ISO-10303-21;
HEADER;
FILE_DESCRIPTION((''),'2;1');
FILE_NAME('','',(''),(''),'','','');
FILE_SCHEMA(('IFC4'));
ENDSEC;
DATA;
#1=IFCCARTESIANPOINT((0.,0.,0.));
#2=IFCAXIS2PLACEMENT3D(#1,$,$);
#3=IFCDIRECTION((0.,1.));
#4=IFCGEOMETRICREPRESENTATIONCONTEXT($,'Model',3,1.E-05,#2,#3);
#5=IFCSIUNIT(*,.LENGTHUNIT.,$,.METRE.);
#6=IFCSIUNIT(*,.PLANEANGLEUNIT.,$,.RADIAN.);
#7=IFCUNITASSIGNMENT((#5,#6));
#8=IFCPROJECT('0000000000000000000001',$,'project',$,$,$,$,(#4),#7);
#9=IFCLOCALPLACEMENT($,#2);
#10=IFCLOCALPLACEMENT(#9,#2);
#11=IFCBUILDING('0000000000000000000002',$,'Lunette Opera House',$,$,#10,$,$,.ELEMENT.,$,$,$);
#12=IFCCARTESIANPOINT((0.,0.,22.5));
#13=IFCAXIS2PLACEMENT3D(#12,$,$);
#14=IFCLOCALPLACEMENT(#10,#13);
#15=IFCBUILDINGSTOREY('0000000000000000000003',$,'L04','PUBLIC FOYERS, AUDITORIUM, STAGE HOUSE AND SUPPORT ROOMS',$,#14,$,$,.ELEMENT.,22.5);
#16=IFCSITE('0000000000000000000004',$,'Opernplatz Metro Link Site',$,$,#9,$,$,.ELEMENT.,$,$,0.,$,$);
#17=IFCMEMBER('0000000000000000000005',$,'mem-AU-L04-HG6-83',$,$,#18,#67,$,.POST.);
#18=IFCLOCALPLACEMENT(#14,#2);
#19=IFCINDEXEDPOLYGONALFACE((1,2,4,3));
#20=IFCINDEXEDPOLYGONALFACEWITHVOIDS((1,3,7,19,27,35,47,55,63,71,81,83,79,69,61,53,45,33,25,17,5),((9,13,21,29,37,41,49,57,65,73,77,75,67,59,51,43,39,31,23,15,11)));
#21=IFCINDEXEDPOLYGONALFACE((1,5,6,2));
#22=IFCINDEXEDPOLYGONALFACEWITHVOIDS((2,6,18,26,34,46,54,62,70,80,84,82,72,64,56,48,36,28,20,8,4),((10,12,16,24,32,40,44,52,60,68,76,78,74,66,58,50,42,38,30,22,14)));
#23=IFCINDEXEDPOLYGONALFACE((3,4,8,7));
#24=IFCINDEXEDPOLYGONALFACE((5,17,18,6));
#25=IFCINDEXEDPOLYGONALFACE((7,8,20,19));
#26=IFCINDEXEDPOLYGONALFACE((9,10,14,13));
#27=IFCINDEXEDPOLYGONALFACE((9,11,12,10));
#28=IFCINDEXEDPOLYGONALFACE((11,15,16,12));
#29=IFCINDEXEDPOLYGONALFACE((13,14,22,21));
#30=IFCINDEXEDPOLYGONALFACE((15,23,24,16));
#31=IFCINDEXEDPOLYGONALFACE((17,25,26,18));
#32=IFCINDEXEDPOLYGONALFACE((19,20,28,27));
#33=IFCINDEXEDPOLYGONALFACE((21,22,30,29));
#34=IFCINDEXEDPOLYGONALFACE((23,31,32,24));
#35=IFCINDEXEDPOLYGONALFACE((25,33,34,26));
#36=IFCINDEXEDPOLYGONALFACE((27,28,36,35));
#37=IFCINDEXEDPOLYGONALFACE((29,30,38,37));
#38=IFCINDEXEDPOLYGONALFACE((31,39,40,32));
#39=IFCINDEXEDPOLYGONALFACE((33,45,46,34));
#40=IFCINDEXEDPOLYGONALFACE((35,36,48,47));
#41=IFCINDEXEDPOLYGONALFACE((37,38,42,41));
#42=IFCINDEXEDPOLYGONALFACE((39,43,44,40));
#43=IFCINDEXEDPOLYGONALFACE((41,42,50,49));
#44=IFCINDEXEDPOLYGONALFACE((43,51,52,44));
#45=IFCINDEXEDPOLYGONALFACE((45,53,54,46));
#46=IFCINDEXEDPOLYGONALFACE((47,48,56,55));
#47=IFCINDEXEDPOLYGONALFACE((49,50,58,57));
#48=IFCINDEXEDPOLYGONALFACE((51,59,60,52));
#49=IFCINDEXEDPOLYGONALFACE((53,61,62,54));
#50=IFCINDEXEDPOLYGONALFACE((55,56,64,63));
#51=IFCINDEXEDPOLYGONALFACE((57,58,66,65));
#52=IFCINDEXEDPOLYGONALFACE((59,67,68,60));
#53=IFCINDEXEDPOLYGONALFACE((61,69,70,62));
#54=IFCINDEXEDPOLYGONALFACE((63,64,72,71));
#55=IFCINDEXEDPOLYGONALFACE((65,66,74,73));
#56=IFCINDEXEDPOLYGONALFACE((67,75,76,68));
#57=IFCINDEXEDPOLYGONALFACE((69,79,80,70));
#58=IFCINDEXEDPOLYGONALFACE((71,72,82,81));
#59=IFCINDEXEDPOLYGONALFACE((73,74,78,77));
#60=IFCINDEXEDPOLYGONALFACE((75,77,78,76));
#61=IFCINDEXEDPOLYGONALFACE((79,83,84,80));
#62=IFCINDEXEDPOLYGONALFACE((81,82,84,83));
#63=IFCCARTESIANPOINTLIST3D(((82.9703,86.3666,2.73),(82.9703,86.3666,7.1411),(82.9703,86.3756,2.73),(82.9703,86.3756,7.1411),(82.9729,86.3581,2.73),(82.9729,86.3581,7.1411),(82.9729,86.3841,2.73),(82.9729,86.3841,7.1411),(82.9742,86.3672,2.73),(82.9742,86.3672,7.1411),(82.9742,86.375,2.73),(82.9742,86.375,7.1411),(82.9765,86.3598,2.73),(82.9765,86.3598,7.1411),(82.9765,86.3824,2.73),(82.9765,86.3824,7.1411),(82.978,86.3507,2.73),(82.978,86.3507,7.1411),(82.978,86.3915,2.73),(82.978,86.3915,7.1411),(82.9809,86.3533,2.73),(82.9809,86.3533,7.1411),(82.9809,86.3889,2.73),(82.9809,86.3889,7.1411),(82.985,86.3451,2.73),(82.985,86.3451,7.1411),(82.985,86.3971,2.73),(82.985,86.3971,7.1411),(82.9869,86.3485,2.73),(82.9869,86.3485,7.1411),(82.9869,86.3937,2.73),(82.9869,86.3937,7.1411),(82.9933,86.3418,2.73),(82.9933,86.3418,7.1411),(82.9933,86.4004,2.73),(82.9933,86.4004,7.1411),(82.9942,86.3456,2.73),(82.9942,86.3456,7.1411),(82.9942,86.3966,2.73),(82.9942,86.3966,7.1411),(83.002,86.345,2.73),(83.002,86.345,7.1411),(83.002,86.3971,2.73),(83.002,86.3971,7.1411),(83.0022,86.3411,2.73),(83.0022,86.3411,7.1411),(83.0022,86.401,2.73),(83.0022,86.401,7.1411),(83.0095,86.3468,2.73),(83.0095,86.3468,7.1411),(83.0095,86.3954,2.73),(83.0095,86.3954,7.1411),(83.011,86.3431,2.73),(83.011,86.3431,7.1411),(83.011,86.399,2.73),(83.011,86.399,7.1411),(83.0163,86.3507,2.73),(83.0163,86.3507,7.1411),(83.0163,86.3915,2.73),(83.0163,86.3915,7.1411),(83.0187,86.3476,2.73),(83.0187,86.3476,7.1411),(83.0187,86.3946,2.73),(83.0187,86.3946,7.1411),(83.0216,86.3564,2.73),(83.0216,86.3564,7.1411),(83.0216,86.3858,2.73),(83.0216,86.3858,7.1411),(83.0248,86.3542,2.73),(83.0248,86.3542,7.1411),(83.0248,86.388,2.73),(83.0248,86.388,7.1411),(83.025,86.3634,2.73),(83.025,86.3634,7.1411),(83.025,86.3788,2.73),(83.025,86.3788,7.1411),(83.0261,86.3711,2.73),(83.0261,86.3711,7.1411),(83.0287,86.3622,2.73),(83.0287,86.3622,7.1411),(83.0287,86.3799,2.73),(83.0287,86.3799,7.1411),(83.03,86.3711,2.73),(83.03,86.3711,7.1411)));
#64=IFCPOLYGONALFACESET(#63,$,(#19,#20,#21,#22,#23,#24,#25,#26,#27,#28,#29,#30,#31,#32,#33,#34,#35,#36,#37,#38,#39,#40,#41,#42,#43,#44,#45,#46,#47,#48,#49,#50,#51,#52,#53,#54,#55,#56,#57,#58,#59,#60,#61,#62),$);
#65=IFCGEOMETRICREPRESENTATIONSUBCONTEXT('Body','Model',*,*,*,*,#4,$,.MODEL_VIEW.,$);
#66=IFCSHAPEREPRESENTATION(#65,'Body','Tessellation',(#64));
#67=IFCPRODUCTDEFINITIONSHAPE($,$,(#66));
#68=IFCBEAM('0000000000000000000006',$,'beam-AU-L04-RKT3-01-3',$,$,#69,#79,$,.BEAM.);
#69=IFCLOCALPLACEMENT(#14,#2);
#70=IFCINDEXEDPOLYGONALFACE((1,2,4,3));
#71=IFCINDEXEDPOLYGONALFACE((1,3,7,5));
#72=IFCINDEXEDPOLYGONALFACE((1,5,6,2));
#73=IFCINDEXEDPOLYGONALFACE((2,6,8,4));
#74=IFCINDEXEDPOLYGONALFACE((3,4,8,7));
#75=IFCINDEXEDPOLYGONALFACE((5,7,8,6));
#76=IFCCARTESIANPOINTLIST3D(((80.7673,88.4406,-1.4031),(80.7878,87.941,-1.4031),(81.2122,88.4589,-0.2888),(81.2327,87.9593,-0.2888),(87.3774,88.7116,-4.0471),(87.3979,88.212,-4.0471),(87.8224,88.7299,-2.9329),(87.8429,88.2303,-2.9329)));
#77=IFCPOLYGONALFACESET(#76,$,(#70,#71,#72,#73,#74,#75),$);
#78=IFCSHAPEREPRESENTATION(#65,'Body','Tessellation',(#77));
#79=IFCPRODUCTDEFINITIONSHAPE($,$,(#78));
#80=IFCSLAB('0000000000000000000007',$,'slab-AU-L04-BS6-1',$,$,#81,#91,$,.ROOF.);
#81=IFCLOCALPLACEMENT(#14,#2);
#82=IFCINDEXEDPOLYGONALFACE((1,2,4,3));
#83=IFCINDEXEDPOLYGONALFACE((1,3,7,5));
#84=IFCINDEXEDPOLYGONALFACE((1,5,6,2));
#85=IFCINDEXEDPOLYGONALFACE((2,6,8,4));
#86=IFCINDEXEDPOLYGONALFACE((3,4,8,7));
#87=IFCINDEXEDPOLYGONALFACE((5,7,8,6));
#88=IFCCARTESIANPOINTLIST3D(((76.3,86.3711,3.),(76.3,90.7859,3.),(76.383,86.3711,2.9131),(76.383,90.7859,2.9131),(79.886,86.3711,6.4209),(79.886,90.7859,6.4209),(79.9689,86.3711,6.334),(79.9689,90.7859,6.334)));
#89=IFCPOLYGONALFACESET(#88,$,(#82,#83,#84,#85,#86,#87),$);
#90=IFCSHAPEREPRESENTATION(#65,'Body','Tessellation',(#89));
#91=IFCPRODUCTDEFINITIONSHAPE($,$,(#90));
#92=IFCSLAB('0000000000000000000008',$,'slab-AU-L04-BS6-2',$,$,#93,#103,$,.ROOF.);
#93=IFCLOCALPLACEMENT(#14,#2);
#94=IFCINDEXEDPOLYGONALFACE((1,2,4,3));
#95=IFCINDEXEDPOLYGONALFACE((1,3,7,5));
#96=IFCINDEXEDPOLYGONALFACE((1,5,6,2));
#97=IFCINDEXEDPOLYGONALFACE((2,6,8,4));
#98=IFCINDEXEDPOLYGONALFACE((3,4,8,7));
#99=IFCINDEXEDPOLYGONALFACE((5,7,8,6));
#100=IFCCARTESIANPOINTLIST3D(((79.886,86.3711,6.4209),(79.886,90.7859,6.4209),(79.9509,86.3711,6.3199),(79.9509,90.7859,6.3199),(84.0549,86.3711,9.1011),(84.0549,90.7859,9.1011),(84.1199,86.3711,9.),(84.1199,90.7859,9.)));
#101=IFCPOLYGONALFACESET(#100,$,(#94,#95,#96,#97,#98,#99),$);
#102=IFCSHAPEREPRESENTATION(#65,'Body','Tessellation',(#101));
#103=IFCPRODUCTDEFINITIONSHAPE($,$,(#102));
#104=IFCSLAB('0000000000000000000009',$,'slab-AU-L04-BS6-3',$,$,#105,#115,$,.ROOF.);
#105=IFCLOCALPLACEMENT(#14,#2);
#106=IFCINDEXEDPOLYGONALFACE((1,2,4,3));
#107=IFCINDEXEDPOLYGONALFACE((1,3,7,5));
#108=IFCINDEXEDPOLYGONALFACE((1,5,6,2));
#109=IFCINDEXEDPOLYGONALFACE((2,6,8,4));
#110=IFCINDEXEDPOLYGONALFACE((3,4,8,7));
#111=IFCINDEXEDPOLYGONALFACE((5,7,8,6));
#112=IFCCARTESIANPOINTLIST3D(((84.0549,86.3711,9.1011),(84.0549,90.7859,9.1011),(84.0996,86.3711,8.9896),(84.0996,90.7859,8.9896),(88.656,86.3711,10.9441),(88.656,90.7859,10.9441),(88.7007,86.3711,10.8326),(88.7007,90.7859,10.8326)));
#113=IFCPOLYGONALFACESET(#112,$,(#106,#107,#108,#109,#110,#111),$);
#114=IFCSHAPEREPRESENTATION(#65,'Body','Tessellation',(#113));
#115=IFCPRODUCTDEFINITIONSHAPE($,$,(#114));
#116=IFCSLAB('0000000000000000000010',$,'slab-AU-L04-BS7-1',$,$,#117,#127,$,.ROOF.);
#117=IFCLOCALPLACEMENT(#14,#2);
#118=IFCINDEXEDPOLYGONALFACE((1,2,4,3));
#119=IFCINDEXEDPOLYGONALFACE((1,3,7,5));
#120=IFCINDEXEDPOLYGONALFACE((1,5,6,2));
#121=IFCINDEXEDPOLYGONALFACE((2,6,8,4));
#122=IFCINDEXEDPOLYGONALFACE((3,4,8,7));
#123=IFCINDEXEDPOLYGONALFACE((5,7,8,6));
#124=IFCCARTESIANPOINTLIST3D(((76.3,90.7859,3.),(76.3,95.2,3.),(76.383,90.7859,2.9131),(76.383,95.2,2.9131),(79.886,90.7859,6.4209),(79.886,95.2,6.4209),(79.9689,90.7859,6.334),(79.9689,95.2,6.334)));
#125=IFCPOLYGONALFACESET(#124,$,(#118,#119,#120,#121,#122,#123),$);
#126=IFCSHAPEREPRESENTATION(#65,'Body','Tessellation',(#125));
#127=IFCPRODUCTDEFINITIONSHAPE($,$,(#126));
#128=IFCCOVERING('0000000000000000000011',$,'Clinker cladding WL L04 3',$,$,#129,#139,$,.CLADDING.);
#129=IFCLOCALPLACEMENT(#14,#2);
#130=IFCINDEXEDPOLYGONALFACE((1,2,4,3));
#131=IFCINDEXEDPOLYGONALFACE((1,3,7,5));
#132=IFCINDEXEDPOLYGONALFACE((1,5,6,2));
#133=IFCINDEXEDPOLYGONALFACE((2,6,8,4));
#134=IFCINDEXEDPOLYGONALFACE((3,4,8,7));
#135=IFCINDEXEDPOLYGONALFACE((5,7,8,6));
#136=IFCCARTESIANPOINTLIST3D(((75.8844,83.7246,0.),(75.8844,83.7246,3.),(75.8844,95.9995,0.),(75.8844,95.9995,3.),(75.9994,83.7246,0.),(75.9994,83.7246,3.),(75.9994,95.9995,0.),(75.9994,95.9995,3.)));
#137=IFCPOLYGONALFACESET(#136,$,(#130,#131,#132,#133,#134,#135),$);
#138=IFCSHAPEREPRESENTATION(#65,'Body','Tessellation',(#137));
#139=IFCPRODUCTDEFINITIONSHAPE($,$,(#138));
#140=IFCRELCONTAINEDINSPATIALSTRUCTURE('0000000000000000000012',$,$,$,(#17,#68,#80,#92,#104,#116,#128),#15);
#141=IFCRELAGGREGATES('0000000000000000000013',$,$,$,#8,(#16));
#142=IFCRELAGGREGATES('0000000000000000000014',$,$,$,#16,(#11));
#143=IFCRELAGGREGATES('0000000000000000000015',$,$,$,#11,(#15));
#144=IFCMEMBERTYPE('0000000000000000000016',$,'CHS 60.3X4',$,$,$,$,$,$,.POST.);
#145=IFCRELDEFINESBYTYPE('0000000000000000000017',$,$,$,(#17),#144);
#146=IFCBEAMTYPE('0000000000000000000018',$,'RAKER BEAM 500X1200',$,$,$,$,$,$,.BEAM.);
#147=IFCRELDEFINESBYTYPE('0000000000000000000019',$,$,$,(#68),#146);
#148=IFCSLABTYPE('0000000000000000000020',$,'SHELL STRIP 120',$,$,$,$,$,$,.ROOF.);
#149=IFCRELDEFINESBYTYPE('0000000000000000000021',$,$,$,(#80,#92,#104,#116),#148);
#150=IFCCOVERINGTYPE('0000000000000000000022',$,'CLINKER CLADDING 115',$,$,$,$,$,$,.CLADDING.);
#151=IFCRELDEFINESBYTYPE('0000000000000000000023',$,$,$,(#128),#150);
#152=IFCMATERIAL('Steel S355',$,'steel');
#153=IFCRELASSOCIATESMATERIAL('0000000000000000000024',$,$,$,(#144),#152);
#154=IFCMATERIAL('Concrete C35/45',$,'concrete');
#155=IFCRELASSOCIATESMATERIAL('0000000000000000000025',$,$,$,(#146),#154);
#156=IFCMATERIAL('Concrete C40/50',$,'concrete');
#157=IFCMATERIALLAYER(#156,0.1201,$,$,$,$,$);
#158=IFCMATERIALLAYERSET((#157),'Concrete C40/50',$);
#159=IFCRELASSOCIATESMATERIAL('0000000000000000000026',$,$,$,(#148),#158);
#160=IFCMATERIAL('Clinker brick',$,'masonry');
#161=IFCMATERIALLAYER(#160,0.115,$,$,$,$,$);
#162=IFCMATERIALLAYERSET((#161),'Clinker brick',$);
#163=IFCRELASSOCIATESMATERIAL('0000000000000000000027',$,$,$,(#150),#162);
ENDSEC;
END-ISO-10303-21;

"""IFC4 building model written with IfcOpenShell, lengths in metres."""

from ifc_helpers import new_model, si_unit, direction, frame, origin, origin_2d, place, context, subcontext, project, spatial, polyline, rectangle, hollow_circle, outline, extrude, material, layer, layer_set, material_profile, profile_set, type_object, element, save


model = new_model("IFC4")

# Units and contexts
model_context = context("Model", 3, precision=1e-05, world=origin(), true_north=direction((0.0, 1.0)))
body_context = subcontext(model_context, "Body", "Model", "MODEL_VIEW")
ifc_project = project(units=[si_unit("LENGTHUNIT", "METRE"), si_unit("PLANEANGLEUNIT", "RADIAN")], contexts=[model_context])

# Site, building, storey
site_placement = place(None, origin())
site = spatial("IfcSite", under=ifc_project, at=site_placement, Name="Opernplatz Metro Link Site", CompositionType="ELEMENT", RefElevation=0.0)
building_placement = place(site_placement, origin())
building = spatial("IfcBuilding", under=site, at=building_placement, Name="Lunette Opera House", CompositionType="ELEMENT")
storey_placement = place(building_placement, frame((0.0, 0.0, 22.5)))
storey = spatial("IfcBuildingStorey", under=building, at=storey_placement, Name="L04", Description="PUBLIC FOYERS, AUDITORIUM, STAGE HOUSE AND SUPPORT ROOMS", CompositionType="ELEMENT", Elevation=22.5)

# Member
ifc_material_1 = material(Name="Steel S355", Category="steel")
ifc_material_profile_1 = material_profile(ifc_material_1, hollow_circle(Radius=0.03, WallThickness=0.0039, at=origin_2d()), Name="CHS 60.3X4")
ifc_profile_set_1 = profile_set([ifc_material_profile_1], Name="Steel S355")
member_type_1 = type_object("IfcMemberType", Name="CHS 60.3X4", PredefinedType="POST", material=ifc_profile_set_1)
member_placement = place(storey_placement, frame((83.0, 86.3711, 2.73), z_axis=(0.0, 0.0, 1.0), x_axis=(1.0, 0.0, 0.0)))
element("IfcMember", 1, at=member_placement, inside=storey, type_object=member_type_1, Name="mem-AU-L04-HG6-83", PredefinedType="POST", context=body_context, shape_type="SweptSolid", body=[
    extrude(hollow_circle(Radius=0.03, WallThickness=0.0039, at=origin_2d()), origin(), (0.0, 0.0, 1.0), 4.4111),
])

# Beam
ifc_material_2 = material(Name="Concrete C35/45", Category="concrete")
ifc_material_profile_2 = material_profile(ifc_material_2, rectangle(XDim=0.5, YDim=1.2, at=origin_2d()), Name="RAKER BEAM 500X1200")
ifc_profile_set_2 = profile_set([ifc_material_profile_2], Name="Concrete C35/45")
beam_type_1 = type_object("IfcBeamType", Name="RAKER BEAM 500X1200", PredefinedType="BEAM", material=ifc_profile_set_2)
beam_1_placement = place(storey_placement, frame((81.0, 88.2, -0.8459), z_axis=(0.927805, 0.038037, -0.371122), x_axis=(-0.040963, 0.999161, 0.0)))
element("IfcBeam", 2, at=beam_1_placement, inside=storey, type_object=beam_type_1, Name="beam-AU-L04-RKT3-01-3", PredefinedType="BEAM", context=body_context, shape_type="SweptSolid", body=[
    extrude(rectangle(XDim=0.5, YDim=1.2, at=origin_2d()), origin(), (0.0, 0.0, 1.0), 7.1245),
])

# Slabs
ifc_material_3 = material(Name="Concrete C40/50", Category="concrete")
ifc_layer_1 = layer(ifc_material_3, 0.1201)
ifc_layer_set_1 = layer_set([ifc_layer_1], Name="Concrete C40/50")
slab_type = type_object("IfcSlabType", Name="SHELL STRIP 120", PredefinedType="ROOF", material=ifc_layer_set_1)
slab_1_placement = place(storey_placement, frame((76.3, 86.3711, 3.0), z_axis=(-0.69026, 0.0, 0.723561), x_axis=(0.723561, 0.0, 0.69026)))
element("IfcSlab", 3, at=slab_1_placement, inside=storey, type_object=slab_type, Name="slab-AU-L04-BS6-1", PredefinedType="ROOF", context=body_context, shape_type="SweptSolid", body=[
    extrude(outline(polyline([(0.0, 0.0), (4.956, 0.0), (4.956, 4.4148), (0.0, 4.4148), (0.0, 0.0)])), origin(), (0.0, 0.0, -1.0), 0.1201),
])
slab_2_placement = place(storey_placement, frame((79.886, 86.3711, 6.4209), z_axis=(-0.540778, 0.0, 0.841166), x_axis=(0.841166, 0.0, 0.540778)))
element("IfcSlab", 4, at=slab_2_placement, inside=storey, type_object=slab_type, Name="slab-AU-L04-BS6-2", PredefinedType="ROOF", context=body_context, shape_type="SweptSolid", body=[
    extrude(outline(polyline([(0.0, 0.0), (4.9562, 0.0), (4.9562, 4.4148), (0.0, 4.4148), (0.0, 0.0)])), origin(), (0.0, 0.0, -1.0), 0.1201),
])
slab_3_placement = place(storey_placement, frame((84.0549, 86.3711, 9.1011), z_axis=(-0.371841, 0.0, 0.928297), x_axis=(0.928297, 0.0, 0.371841)))
element("IfcSlab", 5, at=slab_3_placement, inside=storey, type_object=slab_type, Name="slab-AU-L04-BS6-3", PredefinedType="ROOF", context=body_context, shape_type="SweptSolid", body=[
    extrude(outline(polyline([(0.0, 0.0), (4.9565, 0.0), (4.9565, 4.4148), (0.0, 4.4148), (0.0, 0.0)])), origin(), (0.0, 0.0, -1.0), 0.1201),
])
slab_4_placement = place(storey_placement, frame((76.3, 90.7859, 3.0), z_axis=(-0.69026, 0.0, 0.723561), x_axis=(0.723561, 0.0, 0.69026)))
element("IfcSlab", 6, at=slab_4_placement, inside=storey, type_object=slab_type, Name="slab-AU-L04-BS7-1", PredefinedType="ROOF", context=body_context, shape_type="SweptSolid", body=[
    extrude(outline(polyline([(0.0, 0.0), (4.956, 0.0), (4.956, 4.4141), (0.0, 4.4141), (0.0, 0.0)])), origin(), (0.0, 0.0, -1.0), 0.1201),
])

# Covering
ifc_material_4 = material(Name="Clinker brick", Category="masonry")
ifc_layer_2 = layer(ifc_material_4, 0.115)
ifc_layer_set_2 = layer_set([ifc_layer_2], Name="Clinker brick")
covering_type = type_object("IfcCoveringType", Name="CLINKER CLADDING 115", PredefinedType="CLADDING", material=ifc_layer_set_2)
covering_placement = place(storey_placement, frame((75.9419, 89.8621, 0.0), z_axis=(0.0, 0.0, 1.0), x_axis=(1.0, 0.0, 0.0)))
element("IfcCovering", 7, at=covering_placement, inside=storey, type_object=covering_type, Name="Clinker cladding WL L04 3", PredefinedType="CLADDING", context=body_context, shape_type="SweptSolid", body=[
    extrude(rectangle(XDim=0.115, YDim=12.2749, at=origin_2d()), origin(), (0.0, 0.0, 1.0), 3.0),
])

save(model, "model.ifc")
